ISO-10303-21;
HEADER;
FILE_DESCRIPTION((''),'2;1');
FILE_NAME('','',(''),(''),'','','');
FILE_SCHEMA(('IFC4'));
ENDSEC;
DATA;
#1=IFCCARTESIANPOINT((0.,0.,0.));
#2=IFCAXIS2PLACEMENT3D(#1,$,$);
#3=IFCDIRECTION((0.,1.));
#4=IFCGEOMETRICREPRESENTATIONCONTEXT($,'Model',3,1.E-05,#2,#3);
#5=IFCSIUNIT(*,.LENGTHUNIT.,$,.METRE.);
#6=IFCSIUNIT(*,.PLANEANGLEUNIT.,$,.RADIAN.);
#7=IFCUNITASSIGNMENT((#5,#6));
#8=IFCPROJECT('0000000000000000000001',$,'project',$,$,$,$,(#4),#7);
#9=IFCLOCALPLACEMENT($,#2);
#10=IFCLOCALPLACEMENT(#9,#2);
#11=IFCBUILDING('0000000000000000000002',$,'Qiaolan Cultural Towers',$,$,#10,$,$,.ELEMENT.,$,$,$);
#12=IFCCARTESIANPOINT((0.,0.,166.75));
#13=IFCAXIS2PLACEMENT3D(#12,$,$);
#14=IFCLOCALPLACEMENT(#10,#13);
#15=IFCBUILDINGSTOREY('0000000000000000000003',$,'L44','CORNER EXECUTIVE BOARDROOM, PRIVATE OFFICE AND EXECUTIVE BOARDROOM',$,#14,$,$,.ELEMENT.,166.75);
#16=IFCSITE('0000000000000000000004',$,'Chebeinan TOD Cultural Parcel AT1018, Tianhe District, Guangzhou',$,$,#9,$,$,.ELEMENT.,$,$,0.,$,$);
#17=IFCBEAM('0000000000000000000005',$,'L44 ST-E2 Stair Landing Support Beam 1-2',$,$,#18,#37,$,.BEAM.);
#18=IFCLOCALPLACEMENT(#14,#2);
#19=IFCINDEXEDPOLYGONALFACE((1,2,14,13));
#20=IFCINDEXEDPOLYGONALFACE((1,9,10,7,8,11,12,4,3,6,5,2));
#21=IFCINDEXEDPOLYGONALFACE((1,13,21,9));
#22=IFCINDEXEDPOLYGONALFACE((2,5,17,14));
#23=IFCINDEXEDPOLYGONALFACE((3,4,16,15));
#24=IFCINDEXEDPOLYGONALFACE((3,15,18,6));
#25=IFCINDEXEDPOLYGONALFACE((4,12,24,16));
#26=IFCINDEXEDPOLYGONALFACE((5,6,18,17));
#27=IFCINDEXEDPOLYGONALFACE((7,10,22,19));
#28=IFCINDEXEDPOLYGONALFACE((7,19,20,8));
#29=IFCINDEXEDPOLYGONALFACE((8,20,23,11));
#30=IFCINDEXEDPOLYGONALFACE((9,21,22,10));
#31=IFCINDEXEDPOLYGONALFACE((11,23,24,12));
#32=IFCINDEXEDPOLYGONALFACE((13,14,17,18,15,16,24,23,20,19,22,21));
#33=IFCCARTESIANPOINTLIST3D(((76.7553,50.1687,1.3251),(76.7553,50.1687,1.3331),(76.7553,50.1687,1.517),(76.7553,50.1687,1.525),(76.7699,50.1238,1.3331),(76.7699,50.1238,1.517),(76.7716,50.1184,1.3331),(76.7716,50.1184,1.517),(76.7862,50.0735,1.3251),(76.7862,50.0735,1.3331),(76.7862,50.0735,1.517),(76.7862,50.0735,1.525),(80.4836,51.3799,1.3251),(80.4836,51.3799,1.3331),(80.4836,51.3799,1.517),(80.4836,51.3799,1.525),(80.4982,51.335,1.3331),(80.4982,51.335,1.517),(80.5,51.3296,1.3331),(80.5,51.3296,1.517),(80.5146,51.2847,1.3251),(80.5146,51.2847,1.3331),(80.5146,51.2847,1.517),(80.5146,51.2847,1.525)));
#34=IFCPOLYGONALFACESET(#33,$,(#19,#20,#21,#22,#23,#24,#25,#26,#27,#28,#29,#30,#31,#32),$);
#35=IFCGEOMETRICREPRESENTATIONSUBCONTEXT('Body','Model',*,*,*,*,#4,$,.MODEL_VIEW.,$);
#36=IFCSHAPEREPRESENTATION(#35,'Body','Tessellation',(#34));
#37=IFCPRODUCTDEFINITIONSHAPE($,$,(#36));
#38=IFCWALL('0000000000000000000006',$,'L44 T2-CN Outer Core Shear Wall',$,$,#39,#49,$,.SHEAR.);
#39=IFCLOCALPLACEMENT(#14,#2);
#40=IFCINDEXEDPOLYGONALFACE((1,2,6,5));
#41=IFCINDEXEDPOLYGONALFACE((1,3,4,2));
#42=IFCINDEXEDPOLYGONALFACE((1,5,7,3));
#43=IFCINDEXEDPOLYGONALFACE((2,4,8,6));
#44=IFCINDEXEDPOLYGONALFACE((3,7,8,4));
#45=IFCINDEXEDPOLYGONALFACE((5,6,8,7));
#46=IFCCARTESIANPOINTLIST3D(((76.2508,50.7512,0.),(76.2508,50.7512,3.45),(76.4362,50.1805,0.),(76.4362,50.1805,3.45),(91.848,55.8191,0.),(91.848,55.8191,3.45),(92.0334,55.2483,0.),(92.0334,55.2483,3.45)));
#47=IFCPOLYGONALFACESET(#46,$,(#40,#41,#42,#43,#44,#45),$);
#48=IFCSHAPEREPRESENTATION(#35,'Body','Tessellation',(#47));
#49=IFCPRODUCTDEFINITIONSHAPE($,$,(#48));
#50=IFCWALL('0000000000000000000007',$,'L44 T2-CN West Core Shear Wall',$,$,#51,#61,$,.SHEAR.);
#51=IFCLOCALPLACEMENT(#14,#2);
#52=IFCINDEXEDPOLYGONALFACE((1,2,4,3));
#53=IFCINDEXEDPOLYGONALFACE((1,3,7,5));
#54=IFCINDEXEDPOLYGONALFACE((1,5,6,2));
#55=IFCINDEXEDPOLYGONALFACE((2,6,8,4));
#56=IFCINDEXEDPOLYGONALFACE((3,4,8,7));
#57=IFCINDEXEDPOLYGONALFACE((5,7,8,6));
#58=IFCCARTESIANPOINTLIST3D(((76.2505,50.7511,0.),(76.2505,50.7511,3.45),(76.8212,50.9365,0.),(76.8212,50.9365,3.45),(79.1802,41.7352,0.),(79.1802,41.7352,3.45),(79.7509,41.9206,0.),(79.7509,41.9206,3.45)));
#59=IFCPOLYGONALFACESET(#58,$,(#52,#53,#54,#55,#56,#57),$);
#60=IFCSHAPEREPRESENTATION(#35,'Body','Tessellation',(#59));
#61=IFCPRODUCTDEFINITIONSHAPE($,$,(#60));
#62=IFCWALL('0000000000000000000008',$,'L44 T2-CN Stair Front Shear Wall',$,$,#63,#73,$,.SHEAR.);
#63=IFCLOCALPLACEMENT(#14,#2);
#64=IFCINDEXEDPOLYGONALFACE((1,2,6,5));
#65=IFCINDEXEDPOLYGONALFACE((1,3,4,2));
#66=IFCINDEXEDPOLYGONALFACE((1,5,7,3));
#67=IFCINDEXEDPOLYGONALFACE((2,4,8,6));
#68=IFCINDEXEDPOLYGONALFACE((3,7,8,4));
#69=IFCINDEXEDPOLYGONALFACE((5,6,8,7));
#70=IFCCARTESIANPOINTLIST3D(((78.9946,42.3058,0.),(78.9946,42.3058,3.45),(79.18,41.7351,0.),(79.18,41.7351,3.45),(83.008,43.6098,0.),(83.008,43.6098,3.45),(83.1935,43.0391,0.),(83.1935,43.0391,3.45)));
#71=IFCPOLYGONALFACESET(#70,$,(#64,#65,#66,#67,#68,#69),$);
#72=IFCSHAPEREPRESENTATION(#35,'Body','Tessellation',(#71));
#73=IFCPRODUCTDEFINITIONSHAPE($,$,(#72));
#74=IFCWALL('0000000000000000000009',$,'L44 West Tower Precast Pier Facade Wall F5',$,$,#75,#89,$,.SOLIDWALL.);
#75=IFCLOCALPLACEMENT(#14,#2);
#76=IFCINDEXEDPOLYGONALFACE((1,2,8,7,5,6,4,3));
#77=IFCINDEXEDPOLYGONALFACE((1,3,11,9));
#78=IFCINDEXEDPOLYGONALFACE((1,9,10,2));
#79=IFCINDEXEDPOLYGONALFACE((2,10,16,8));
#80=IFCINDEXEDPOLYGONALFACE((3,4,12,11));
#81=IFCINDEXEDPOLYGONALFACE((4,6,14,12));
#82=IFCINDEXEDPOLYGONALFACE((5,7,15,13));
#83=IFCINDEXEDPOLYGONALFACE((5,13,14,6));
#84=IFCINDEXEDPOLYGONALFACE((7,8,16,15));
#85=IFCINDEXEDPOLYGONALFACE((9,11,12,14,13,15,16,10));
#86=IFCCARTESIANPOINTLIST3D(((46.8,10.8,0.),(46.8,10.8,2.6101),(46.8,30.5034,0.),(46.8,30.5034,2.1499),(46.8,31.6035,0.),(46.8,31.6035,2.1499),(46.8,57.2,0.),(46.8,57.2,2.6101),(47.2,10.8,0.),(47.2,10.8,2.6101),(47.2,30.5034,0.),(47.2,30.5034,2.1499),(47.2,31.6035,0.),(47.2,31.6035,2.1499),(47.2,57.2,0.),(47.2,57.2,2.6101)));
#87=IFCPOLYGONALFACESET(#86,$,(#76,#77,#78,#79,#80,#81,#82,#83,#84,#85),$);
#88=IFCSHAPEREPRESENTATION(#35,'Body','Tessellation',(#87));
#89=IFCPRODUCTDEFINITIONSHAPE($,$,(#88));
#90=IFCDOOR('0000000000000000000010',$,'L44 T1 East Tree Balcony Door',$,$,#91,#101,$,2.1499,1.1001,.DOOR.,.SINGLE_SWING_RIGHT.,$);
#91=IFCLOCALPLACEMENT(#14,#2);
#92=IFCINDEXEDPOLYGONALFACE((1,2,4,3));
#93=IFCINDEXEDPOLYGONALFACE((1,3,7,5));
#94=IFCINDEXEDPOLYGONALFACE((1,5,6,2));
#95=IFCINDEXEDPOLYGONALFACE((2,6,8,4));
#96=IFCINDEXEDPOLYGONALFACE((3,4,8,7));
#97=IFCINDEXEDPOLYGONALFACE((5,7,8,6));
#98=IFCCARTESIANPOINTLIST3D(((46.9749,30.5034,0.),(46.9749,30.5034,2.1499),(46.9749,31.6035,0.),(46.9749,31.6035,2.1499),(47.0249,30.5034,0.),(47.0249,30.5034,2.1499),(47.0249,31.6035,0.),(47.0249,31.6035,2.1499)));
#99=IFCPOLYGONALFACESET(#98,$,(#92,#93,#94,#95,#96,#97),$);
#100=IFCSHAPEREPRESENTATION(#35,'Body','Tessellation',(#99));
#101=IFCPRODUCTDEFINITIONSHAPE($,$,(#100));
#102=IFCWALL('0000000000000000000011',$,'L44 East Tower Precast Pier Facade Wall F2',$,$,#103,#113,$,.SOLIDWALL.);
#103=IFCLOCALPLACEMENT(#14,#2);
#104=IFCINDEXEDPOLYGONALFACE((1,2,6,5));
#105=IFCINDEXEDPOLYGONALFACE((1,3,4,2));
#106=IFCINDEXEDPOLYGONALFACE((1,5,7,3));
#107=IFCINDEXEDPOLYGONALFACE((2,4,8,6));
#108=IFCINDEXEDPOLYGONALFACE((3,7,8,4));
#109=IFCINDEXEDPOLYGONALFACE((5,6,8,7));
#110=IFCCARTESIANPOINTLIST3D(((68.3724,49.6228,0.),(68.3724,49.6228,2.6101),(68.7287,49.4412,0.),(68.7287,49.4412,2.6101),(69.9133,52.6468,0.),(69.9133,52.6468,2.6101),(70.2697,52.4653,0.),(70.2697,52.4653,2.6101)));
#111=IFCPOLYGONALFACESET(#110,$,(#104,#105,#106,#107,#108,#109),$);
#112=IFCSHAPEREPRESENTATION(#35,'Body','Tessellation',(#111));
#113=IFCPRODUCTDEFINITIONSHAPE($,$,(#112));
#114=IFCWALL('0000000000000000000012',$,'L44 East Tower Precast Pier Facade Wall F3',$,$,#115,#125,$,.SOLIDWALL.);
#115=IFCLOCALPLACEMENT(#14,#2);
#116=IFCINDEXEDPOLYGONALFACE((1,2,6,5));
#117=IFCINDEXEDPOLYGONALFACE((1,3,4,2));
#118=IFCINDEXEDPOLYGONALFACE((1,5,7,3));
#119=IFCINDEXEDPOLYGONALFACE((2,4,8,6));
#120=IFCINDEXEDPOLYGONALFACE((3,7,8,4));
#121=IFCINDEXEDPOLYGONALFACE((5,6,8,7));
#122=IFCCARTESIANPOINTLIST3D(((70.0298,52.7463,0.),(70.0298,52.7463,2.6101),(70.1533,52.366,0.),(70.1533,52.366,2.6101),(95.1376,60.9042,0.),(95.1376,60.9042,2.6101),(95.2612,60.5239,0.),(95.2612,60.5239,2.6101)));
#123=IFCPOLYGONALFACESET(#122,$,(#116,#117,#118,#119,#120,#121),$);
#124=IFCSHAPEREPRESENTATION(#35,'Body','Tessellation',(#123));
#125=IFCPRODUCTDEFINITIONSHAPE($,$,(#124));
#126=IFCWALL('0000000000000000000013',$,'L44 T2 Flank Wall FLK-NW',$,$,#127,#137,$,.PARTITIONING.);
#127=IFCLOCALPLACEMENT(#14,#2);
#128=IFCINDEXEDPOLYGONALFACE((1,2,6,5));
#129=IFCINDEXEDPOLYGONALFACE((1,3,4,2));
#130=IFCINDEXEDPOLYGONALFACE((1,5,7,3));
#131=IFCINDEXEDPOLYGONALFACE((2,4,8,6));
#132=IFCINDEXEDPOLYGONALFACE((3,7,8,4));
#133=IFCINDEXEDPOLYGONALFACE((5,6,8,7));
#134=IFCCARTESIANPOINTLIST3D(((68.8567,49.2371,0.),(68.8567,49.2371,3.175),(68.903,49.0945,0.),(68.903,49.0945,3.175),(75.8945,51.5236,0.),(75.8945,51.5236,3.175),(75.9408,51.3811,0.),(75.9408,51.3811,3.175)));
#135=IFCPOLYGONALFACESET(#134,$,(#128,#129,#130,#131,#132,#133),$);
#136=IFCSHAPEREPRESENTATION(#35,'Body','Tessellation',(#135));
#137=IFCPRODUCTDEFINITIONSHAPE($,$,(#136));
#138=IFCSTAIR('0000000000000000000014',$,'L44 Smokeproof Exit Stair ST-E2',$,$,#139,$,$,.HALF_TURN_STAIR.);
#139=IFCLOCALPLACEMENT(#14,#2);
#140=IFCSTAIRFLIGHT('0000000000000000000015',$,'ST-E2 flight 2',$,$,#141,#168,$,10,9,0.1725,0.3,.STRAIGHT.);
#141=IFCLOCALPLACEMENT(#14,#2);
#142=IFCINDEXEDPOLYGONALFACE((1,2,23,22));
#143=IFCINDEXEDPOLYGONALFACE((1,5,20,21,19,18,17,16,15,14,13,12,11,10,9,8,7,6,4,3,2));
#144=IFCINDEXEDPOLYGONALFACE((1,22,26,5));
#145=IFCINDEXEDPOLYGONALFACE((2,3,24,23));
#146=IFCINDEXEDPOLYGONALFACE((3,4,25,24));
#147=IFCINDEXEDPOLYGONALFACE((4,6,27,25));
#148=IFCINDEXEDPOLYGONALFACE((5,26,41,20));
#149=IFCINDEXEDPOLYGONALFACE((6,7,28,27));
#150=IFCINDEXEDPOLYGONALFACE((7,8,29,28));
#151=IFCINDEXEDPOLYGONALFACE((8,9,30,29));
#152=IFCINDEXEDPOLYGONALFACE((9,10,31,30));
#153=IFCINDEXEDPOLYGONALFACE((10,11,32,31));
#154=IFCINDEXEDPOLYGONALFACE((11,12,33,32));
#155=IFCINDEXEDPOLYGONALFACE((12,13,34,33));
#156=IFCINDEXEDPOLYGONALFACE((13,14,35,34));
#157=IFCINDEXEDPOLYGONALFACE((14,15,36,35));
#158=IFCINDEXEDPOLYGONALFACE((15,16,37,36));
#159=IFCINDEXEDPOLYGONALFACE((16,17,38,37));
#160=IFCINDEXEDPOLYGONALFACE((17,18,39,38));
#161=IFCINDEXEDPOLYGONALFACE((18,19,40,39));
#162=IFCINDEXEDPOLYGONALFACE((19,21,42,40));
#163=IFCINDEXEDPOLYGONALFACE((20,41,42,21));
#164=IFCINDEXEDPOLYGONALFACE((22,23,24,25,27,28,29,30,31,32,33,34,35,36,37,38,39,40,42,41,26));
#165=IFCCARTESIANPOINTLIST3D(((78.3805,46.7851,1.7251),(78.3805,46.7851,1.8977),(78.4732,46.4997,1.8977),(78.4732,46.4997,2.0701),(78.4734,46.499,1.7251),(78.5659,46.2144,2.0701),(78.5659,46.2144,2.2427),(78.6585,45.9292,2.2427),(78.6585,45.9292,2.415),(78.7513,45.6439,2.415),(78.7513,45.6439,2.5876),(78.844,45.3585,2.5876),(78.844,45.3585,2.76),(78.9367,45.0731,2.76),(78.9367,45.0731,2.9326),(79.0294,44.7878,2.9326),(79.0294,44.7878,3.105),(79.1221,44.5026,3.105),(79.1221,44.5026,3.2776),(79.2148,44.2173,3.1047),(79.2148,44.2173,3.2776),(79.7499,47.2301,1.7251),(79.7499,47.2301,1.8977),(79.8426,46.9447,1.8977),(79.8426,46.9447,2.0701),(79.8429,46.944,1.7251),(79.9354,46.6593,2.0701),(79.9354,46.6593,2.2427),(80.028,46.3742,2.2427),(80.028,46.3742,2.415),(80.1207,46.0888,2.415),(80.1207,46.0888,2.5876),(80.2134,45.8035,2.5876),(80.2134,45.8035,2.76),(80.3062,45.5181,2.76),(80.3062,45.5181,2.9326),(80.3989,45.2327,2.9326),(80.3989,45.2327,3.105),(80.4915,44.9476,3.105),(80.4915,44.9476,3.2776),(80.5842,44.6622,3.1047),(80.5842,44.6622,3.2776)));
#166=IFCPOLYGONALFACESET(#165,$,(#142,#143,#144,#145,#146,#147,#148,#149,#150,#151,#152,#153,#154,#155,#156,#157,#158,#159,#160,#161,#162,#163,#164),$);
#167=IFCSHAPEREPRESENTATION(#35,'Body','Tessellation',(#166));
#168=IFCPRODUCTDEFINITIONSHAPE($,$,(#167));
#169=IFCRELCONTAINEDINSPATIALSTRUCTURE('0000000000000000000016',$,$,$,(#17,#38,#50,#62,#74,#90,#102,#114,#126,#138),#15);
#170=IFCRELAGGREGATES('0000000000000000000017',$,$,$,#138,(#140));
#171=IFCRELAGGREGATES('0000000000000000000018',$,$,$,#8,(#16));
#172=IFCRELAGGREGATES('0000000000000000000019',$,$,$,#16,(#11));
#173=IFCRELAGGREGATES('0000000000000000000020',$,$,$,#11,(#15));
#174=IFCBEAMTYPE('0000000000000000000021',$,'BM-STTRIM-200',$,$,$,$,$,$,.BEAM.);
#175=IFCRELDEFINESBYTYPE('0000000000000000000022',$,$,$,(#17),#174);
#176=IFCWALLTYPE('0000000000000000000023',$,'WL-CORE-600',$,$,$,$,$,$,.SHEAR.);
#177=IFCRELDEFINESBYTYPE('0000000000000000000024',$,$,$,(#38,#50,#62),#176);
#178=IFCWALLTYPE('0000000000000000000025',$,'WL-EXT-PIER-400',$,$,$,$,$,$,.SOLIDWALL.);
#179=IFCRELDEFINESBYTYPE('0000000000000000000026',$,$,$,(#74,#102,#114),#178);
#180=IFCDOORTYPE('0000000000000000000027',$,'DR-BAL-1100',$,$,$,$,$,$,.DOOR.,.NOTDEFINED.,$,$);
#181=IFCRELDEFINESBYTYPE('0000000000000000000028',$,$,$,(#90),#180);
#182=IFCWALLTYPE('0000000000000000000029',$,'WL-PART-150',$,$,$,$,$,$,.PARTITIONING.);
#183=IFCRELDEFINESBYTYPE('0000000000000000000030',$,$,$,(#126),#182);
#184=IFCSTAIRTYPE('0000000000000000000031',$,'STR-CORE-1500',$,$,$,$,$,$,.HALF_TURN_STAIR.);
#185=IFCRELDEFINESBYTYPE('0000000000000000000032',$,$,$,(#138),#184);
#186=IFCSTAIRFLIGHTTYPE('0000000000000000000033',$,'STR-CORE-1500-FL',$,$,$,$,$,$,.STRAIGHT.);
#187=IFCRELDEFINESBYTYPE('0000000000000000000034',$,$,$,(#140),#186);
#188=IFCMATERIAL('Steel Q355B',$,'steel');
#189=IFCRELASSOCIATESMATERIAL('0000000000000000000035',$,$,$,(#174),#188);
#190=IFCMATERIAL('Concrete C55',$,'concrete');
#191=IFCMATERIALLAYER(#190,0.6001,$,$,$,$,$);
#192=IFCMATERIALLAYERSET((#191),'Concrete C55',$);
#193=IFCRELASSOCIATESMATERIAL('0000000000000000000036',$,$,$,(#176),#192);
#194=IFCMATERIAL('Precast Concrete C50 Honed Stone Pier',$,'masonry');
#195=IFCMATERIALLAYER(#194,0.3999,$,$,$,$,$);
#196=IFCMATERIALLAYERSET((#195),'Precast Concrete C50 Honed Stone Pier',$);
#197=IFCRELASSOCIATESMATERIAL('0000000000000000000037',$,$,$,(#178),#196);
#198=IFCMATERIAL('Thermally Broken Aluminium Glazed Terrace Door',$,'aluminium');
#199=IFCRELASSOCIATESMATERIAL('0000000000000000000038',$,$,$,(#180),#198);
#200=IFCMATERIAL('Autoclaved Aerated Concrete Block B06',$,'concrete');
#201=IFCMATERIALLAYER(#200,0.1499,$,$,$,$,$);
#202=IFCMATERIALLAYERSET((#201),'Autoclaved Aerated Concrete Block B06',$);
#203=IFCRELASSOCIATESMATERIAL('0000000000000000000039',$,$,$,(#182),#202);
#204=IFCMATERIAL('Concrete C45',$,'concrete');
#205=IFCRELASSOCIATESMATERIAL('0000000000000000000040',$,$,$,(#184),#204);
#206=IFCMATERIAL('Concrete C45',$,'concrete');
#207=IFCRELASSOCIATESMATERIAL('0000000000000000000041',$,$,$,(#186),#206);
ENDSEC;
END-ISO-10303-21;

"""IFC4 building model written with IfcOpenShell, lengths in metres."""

from ifc_helpers import new_model, si_unit, direction, frame, frame_2d, origin, origin_2d, place, context, subcontext, project, spatial, polyline, rectangle, i_section, outline, extrude, material, layer, layer_set, material_profile, profile_set, type_object, element, fill, aggregate, save


model = new_model("IFC4")

# Units and contexts
model_context = context("Model", 3, precision=1e-05, world=origin(), true_north=direction((0.0, 1.0)))
body_context = subcontext(model_context, "Body", "Model", "MODEL_VIEW")
ifc_project = project(units=[si_unit("LENGTHUNIT", "METRE"), si_unit("PLANEANGLEUNIT", "RADIAN")], contexts=[model_context])

# Site, building, storey
site_placement = place(None, origin())
site = spatial("IfcSite", under=ifc_project, at=site_placement, Name="Chebeinan TOD Cultural Parcel AT1018, Tianhe District, Guangzhou", CompositionType="ELEMENT", RefElevation=0.0)
building_placement = place(site_placement, origin())
building = spatial("IfcBuilding", under=site, at=building_placement, Name="Qiaolan Cultural Towers", CompositionType="ELEMENT")
storey_placement = place(building_placement, frame((0.0, 0.0, 166.75)))
storey = spatial("IfcBuildingStorey", under=building, at=storey_placement, Name="L44", Description="CORNER EXECUTIVE BOARDROOM, PRIVATE OFFICE AND EXECUTIVE BOARDROOM", CompositionType="ELEMENT", Elevation=166.75)

# Beam
ifc_material_1 = material(Name="Steel Q355B", Category="steel")
ifc_material_profile_1 = material_profile(ifc_material_1, i_section(OverallWidth=0.1001, OverallDepth=0.2, WebThickness=0.0056, FlangeThickness=0.0081, at=origin_2d()), Name="HN200x100x5.5x8")
ifc_profile_set_1 = profile_set([ifc_material_profile_1], Name="Steel Q355B")
beam_type_1 = type_object("IfcBeamType", Name="BM-STTRIM-200", PredefinedType="BEAM", material=ifc_profile_set_1)
for number, where, z_axis, x_axis, name in (
    (1, (76.7708, 50.1211, 1.425), (0.951072, 0.308969, 0.0), (-0.308969, 0.951072, 0.0), "L44 ST-E2 Stair Landing Support Beam 1-2"),
):
    element("IfcBeam", number, at=place(storey_placement, frame(where, z_axis=z_axis, x_axis=x_axis)), inside=storey, type_object=beam_type_1, Name=name, PredefinedType="BEAM", context=body_context, shape_type="SweptSolid", body=[
        extrude(i_section(OverallWidth=0.1001, OverallDepth=0.2, WebThickness=0.0056, FlangeThickness=0.0081, at=origin_2d()), origin(), (0.0, 0.0, 1.0), 3.9202),
    ])

# Walls
ifc_material_2 = material(Name="Concrete C55", Category="concrete")
ifc_layer_1 = layer(ifc_material_2, 0.6001)
ifc_layer_set_1 = layer_set([ifc_layer_1], Name="Concrete C55")
wall_type_1 = type_object("IfcWallType", Name="WL-CORE-600", PredefinedType="SHEAR", material=ifc_layer_set_1)
wall_1_placement = place(storey_placement, frame((76.3435, 50.4658, 0.0), z_axis=(0.0, 0.0, 1.0), x_axis=(0.951056, 0.309019, 0.0)))
element("IfcWall", 2, at=wall_1_placement, inside=storey, type_object=wall_type_1, Name="L44 T2-CN Outer Core Shear Wall", PredefinedType="SHEAR", context=body_context, shape_type="SweptSolid", body=[
    extrude(rectangle(XDim=16.3999, YDim=0.6001, at=frame_2d((8.2, 0.0))), origin(), (0.0, 0.0, 1.0), 3.45),
])
wall_2_placement = place(storey_placement, frame((79.4656, 41.8279, 0.0), z_axis=(0.0, 0.0, 1.0), x_axis=(-0.309041, 0.951049, 0.0)))
element("IfcWall", 3, at=wall_2_placement, inside=storey, type_object=wall_type_1, Name="L44 T2-CN West Core Shear Wall", PredefinedType="SHEAR", context=body_context, shape_type="SweptSolid", body=[
    extrude(rectangle(XDim=9.48, YDim=0.6001, at=frame_2d((4.74, 0.0))), origin(), (0.0, 0.0, 1.0), 3.45),
])
wall_3_placement = place(storey_placement, frame((79.0874, 42.0205, 0.0), z_axis=(0.0, 0.0, 1.0), x_axis=(0.951063, 0.308998, 0.0)))
element("IfcWall", 4, at=wall_3_placement, inside=storey, type_object=wall_type_1, Name="L44 T2-CN Stair Front Shear Wall", PredefinedType="SHEAR", context=body_context, shape_type="SweptSolid", body=[
    extrude(rectangle(XDim=4.22, YDim=0.6001, at=frame_2d((2.1099, 0.0))), origin(), (0.0, 0.0, 1.0), 3.45),
])

# Wall, opening, door
ifc_material_3 = material(Name="Precast Concrete C50 Honed Stone Pier", Category="masonry")
ifc_layer_2 = layer(ifc_material_3, 0.3999)
ifc_layer_set_2 = layer_set([ifc_layer_2], Name="Precast Concrete C50 Honed Stone Pier")
wall_type_2 = type_object("IfcWallType", Name="WL-EXT-PIER-400", PredefinedType="SOLIDWALL", material=ifc_layer_set_2)
wall_4_placement = place(storey_placement, frame((47.0, 57.2, 0.0), z_axis=(0.0, 0.0, 1.0), x_axis=(0.0, -1.0, 0.0)))
wall_4 = element("IfcWall", 5, at=wall_4_placement, inside=storey, type_object=wall_type_2, Name="L44 West Tower Precast Pier Facade Wall F5", PredefinedType="SOLIDWALL", context=body_context, shape_type="SweptSolid", body=[
    extrude(rectangle(XDim=46.3999, YDim=0.3999, at=frame_2d((23.2, 0.0))), origin(), (0.0, 0.0, 1.0), 2.6101),
])
opening_placement = place(wall_4_placement, frame((25.5964, 0.0, 0.0)))
opening = element("IfcOpeningElement", 6, at=opening_placement, cuts=wall_4, PredefinedType="OPENING", context=body_context, shape_type="SweptSolid", body=[
    extrude(rectangle(XDim=1.1001, YDim=2.1499, at=frame_2d((0.55, 1.075))), frame((0.0, 0.21, 0.0), z_axis=(0.0, -1.0, 0.0), x_axis=(1.0, 0.0, 0.0)), (0.0, 0.0, 1.0), 0.4199),
])
ifc_material_4 = material(Name="Thermally Broken Aluminium Glazed Terrace Door", Category="aluminium")
door_type = type_object("IfcDoorType", Name="DR-BAL-1100", OperationType="NOTDEFINED", PredefinedType="DOOR", material=ifc_material_4)
door_placement = place(opening_placement, origin())
door = element("IfcDoor", 7, at=door_placement, inside=storey, type_object=door_type, Name="L44 T1 East Tree Balcony Door", OperationType="SINGLE_SWING_RIGHT", OverallHeight=2.1499, OverallWidth=1.1001, PredefinedType="DOOR", context=body_context, shape_type="SweptSolid", body=[
    extrude(rectangle(XDim=1.1001, YDim=2.1499, at=frame_2d((0.55, 1.075))), frame((0.0, 0.0249, 0.0), z_axis=(0.0, -1.0, 0.0), x_axis=(1.0, 0.0, 0.0)), (0.0, 0.0, 1.0), 0.05),
])
fill(opening, door)

# Walls
wall_5_placement = place(storey_placement, frame((68.5505, 49.532, 0.0), z_axis=(0.0, 0.0, 1.0), x_axis=(0.45402, 0.890992, 0.0)))
element("IfcWall", 8, at=wall_5_placement, inside=storey, type_object=wall_type_2, Name="L44 East Tower Precast Pier Facade Wall F2", PredefinedType="SOLIDWALL", context=body_context, shape_type="SweptSolid", body=[
    extrude(rectangle(XDim=3.394, YDim=0.3999, at=frame_2d((1.697, 0.0))), origin(), (0.0, 0.0, 1.0), 2.6101),
])
wall_6_placement = place(storey_placement, frame((70.0916, 52.5562, 0.0), z_axis=(0.0, 0.0, 1.0), x_axis=(0.951058, 0.309014, 0.0)))
element("IfcWall", 9, at=wall_6_placement, inside=storey, type_object=wall_type_2, Name="L44 East Tower Precast Pier Facade Wall F3", PredefinedType="SOLIDWALL", context=body_context, shape_type="SweptSolid", body=[
    extrude(rectangle(XDim=26.3999, YDim=0.3999, at=frame_2d((13.2, 0.0))), origin(), (0.0, 0.0, 1.0), 2.6101),
])
ifc_material_5 = material(Name="Autoclaved Aerated Concrete Block B06", Category="concrete")
ifc_layer_3 = layer(ifc_material_5, 0.1499)
ifc_layer_set_3 = layer_set([ifc_layer_3], Name="Autoclaved Aerated Concrete Block B06")
wall_type_3 = type_object("IfcWallType", Name="WL-PART-150", PredefinedType="PARTITIONING", material=ifc_layer_set_3)
wall_7_placement = place(storey_placement, frame((68.8799, 49.1658, 0.0), z_axis=(0.0, 0.0, 1.0), x_axis=(0.951061, 0.309003, 0.0)))
element("IfcWall", 10, at=wall_7_placement, inside=storey, type_object=wall_type_3, Name="L44 T2 Flank Wall FLK-NW", PredefinedType="PARTITIONING", context=body_context, shape_type="SweptSolid", body=[
    extrude(rectangle(XDim=7.3999, YDim=0.1499, at=frame_2d((3.7, 0.0))), origin(), (0.0, 0.0, 1.0), 3.175),
])

# Stair, stair flight
ifc_material_6 = material(Name="Concrete C45", Category="concrete")
stair_type = type_object("IfcStairType", Name="STR-CORE-1500", PredefinedType="HALF_TURN_STAIR", material=ifc_material_6)
stair_placement = place(storey_placement, origin())
stair = element("IfcStair", 11, at=stair_placement, inside=storey, type_object=stair_type, Name="L44 Smokeproof Exit Stair ST-E2", PredefinedType="HALF_TURN_STAIR")
ifc_material_7 = material(Name="Concrete C45", Category="concrete")
stair_flight_type = type_object("IfcStairFlightType", Name="STR-CORE-1500-FL", PredefinedType="STRAIGHT", material=ifc_material_7)
stair_flight_placement = place(storey_placement, frame((79.0652, 47.0076, 1.7251), z_axis=(0.0, 0.0, 1.0), x_axis=(0.309017, -0.951057, 0.0)))
stair_flight = element("IfcStairFlight", 12, at=stair_flight_placement, type_object=stair_flight_type, Name="ST-E2 flight 2", NumberOfRisers=10, NumberOfTreads=9, PredefinedType="STRAIGHT", RiserHeight=0.1725, TreadLength=0.3, context=body_context, shape_type="SweptSolid", body=[
    extrude(outline(polyline([(0.0, 0.0), (0.0, 0.1726), (0.3, 0.1726), (0.3, 0.345), (0.6001, 0.345), (0.6001, 0.5176), (0.8999, 0.5176), (0.8999, 0.6899), (1.2, 0.6899), (1.2, 0.8625), (1.5, 0.8625), (1.5, 1.0349), (1.8, 1.0349), (1.8, 1.2075), (2.1001, 1.2075), (2.1001, 1.3799), (2.3999, 1.3799), (2.3999, 1.5525), (2.7, 1.5525), (2.7, 1.7251), (2.7, 1.3796), (0.3008, 0.0), (0.0, 0.0)])), frame((0.0, 0.72, 0.0), z_axis=(0.0, -1.0, 0.0), x_axis=(1.0, 0.0, 0.0)), (0.0, 0.0, 1.0), 1.4399),
])
aggregate(stair, [stair_flight])

save(model, "model.ifc")
